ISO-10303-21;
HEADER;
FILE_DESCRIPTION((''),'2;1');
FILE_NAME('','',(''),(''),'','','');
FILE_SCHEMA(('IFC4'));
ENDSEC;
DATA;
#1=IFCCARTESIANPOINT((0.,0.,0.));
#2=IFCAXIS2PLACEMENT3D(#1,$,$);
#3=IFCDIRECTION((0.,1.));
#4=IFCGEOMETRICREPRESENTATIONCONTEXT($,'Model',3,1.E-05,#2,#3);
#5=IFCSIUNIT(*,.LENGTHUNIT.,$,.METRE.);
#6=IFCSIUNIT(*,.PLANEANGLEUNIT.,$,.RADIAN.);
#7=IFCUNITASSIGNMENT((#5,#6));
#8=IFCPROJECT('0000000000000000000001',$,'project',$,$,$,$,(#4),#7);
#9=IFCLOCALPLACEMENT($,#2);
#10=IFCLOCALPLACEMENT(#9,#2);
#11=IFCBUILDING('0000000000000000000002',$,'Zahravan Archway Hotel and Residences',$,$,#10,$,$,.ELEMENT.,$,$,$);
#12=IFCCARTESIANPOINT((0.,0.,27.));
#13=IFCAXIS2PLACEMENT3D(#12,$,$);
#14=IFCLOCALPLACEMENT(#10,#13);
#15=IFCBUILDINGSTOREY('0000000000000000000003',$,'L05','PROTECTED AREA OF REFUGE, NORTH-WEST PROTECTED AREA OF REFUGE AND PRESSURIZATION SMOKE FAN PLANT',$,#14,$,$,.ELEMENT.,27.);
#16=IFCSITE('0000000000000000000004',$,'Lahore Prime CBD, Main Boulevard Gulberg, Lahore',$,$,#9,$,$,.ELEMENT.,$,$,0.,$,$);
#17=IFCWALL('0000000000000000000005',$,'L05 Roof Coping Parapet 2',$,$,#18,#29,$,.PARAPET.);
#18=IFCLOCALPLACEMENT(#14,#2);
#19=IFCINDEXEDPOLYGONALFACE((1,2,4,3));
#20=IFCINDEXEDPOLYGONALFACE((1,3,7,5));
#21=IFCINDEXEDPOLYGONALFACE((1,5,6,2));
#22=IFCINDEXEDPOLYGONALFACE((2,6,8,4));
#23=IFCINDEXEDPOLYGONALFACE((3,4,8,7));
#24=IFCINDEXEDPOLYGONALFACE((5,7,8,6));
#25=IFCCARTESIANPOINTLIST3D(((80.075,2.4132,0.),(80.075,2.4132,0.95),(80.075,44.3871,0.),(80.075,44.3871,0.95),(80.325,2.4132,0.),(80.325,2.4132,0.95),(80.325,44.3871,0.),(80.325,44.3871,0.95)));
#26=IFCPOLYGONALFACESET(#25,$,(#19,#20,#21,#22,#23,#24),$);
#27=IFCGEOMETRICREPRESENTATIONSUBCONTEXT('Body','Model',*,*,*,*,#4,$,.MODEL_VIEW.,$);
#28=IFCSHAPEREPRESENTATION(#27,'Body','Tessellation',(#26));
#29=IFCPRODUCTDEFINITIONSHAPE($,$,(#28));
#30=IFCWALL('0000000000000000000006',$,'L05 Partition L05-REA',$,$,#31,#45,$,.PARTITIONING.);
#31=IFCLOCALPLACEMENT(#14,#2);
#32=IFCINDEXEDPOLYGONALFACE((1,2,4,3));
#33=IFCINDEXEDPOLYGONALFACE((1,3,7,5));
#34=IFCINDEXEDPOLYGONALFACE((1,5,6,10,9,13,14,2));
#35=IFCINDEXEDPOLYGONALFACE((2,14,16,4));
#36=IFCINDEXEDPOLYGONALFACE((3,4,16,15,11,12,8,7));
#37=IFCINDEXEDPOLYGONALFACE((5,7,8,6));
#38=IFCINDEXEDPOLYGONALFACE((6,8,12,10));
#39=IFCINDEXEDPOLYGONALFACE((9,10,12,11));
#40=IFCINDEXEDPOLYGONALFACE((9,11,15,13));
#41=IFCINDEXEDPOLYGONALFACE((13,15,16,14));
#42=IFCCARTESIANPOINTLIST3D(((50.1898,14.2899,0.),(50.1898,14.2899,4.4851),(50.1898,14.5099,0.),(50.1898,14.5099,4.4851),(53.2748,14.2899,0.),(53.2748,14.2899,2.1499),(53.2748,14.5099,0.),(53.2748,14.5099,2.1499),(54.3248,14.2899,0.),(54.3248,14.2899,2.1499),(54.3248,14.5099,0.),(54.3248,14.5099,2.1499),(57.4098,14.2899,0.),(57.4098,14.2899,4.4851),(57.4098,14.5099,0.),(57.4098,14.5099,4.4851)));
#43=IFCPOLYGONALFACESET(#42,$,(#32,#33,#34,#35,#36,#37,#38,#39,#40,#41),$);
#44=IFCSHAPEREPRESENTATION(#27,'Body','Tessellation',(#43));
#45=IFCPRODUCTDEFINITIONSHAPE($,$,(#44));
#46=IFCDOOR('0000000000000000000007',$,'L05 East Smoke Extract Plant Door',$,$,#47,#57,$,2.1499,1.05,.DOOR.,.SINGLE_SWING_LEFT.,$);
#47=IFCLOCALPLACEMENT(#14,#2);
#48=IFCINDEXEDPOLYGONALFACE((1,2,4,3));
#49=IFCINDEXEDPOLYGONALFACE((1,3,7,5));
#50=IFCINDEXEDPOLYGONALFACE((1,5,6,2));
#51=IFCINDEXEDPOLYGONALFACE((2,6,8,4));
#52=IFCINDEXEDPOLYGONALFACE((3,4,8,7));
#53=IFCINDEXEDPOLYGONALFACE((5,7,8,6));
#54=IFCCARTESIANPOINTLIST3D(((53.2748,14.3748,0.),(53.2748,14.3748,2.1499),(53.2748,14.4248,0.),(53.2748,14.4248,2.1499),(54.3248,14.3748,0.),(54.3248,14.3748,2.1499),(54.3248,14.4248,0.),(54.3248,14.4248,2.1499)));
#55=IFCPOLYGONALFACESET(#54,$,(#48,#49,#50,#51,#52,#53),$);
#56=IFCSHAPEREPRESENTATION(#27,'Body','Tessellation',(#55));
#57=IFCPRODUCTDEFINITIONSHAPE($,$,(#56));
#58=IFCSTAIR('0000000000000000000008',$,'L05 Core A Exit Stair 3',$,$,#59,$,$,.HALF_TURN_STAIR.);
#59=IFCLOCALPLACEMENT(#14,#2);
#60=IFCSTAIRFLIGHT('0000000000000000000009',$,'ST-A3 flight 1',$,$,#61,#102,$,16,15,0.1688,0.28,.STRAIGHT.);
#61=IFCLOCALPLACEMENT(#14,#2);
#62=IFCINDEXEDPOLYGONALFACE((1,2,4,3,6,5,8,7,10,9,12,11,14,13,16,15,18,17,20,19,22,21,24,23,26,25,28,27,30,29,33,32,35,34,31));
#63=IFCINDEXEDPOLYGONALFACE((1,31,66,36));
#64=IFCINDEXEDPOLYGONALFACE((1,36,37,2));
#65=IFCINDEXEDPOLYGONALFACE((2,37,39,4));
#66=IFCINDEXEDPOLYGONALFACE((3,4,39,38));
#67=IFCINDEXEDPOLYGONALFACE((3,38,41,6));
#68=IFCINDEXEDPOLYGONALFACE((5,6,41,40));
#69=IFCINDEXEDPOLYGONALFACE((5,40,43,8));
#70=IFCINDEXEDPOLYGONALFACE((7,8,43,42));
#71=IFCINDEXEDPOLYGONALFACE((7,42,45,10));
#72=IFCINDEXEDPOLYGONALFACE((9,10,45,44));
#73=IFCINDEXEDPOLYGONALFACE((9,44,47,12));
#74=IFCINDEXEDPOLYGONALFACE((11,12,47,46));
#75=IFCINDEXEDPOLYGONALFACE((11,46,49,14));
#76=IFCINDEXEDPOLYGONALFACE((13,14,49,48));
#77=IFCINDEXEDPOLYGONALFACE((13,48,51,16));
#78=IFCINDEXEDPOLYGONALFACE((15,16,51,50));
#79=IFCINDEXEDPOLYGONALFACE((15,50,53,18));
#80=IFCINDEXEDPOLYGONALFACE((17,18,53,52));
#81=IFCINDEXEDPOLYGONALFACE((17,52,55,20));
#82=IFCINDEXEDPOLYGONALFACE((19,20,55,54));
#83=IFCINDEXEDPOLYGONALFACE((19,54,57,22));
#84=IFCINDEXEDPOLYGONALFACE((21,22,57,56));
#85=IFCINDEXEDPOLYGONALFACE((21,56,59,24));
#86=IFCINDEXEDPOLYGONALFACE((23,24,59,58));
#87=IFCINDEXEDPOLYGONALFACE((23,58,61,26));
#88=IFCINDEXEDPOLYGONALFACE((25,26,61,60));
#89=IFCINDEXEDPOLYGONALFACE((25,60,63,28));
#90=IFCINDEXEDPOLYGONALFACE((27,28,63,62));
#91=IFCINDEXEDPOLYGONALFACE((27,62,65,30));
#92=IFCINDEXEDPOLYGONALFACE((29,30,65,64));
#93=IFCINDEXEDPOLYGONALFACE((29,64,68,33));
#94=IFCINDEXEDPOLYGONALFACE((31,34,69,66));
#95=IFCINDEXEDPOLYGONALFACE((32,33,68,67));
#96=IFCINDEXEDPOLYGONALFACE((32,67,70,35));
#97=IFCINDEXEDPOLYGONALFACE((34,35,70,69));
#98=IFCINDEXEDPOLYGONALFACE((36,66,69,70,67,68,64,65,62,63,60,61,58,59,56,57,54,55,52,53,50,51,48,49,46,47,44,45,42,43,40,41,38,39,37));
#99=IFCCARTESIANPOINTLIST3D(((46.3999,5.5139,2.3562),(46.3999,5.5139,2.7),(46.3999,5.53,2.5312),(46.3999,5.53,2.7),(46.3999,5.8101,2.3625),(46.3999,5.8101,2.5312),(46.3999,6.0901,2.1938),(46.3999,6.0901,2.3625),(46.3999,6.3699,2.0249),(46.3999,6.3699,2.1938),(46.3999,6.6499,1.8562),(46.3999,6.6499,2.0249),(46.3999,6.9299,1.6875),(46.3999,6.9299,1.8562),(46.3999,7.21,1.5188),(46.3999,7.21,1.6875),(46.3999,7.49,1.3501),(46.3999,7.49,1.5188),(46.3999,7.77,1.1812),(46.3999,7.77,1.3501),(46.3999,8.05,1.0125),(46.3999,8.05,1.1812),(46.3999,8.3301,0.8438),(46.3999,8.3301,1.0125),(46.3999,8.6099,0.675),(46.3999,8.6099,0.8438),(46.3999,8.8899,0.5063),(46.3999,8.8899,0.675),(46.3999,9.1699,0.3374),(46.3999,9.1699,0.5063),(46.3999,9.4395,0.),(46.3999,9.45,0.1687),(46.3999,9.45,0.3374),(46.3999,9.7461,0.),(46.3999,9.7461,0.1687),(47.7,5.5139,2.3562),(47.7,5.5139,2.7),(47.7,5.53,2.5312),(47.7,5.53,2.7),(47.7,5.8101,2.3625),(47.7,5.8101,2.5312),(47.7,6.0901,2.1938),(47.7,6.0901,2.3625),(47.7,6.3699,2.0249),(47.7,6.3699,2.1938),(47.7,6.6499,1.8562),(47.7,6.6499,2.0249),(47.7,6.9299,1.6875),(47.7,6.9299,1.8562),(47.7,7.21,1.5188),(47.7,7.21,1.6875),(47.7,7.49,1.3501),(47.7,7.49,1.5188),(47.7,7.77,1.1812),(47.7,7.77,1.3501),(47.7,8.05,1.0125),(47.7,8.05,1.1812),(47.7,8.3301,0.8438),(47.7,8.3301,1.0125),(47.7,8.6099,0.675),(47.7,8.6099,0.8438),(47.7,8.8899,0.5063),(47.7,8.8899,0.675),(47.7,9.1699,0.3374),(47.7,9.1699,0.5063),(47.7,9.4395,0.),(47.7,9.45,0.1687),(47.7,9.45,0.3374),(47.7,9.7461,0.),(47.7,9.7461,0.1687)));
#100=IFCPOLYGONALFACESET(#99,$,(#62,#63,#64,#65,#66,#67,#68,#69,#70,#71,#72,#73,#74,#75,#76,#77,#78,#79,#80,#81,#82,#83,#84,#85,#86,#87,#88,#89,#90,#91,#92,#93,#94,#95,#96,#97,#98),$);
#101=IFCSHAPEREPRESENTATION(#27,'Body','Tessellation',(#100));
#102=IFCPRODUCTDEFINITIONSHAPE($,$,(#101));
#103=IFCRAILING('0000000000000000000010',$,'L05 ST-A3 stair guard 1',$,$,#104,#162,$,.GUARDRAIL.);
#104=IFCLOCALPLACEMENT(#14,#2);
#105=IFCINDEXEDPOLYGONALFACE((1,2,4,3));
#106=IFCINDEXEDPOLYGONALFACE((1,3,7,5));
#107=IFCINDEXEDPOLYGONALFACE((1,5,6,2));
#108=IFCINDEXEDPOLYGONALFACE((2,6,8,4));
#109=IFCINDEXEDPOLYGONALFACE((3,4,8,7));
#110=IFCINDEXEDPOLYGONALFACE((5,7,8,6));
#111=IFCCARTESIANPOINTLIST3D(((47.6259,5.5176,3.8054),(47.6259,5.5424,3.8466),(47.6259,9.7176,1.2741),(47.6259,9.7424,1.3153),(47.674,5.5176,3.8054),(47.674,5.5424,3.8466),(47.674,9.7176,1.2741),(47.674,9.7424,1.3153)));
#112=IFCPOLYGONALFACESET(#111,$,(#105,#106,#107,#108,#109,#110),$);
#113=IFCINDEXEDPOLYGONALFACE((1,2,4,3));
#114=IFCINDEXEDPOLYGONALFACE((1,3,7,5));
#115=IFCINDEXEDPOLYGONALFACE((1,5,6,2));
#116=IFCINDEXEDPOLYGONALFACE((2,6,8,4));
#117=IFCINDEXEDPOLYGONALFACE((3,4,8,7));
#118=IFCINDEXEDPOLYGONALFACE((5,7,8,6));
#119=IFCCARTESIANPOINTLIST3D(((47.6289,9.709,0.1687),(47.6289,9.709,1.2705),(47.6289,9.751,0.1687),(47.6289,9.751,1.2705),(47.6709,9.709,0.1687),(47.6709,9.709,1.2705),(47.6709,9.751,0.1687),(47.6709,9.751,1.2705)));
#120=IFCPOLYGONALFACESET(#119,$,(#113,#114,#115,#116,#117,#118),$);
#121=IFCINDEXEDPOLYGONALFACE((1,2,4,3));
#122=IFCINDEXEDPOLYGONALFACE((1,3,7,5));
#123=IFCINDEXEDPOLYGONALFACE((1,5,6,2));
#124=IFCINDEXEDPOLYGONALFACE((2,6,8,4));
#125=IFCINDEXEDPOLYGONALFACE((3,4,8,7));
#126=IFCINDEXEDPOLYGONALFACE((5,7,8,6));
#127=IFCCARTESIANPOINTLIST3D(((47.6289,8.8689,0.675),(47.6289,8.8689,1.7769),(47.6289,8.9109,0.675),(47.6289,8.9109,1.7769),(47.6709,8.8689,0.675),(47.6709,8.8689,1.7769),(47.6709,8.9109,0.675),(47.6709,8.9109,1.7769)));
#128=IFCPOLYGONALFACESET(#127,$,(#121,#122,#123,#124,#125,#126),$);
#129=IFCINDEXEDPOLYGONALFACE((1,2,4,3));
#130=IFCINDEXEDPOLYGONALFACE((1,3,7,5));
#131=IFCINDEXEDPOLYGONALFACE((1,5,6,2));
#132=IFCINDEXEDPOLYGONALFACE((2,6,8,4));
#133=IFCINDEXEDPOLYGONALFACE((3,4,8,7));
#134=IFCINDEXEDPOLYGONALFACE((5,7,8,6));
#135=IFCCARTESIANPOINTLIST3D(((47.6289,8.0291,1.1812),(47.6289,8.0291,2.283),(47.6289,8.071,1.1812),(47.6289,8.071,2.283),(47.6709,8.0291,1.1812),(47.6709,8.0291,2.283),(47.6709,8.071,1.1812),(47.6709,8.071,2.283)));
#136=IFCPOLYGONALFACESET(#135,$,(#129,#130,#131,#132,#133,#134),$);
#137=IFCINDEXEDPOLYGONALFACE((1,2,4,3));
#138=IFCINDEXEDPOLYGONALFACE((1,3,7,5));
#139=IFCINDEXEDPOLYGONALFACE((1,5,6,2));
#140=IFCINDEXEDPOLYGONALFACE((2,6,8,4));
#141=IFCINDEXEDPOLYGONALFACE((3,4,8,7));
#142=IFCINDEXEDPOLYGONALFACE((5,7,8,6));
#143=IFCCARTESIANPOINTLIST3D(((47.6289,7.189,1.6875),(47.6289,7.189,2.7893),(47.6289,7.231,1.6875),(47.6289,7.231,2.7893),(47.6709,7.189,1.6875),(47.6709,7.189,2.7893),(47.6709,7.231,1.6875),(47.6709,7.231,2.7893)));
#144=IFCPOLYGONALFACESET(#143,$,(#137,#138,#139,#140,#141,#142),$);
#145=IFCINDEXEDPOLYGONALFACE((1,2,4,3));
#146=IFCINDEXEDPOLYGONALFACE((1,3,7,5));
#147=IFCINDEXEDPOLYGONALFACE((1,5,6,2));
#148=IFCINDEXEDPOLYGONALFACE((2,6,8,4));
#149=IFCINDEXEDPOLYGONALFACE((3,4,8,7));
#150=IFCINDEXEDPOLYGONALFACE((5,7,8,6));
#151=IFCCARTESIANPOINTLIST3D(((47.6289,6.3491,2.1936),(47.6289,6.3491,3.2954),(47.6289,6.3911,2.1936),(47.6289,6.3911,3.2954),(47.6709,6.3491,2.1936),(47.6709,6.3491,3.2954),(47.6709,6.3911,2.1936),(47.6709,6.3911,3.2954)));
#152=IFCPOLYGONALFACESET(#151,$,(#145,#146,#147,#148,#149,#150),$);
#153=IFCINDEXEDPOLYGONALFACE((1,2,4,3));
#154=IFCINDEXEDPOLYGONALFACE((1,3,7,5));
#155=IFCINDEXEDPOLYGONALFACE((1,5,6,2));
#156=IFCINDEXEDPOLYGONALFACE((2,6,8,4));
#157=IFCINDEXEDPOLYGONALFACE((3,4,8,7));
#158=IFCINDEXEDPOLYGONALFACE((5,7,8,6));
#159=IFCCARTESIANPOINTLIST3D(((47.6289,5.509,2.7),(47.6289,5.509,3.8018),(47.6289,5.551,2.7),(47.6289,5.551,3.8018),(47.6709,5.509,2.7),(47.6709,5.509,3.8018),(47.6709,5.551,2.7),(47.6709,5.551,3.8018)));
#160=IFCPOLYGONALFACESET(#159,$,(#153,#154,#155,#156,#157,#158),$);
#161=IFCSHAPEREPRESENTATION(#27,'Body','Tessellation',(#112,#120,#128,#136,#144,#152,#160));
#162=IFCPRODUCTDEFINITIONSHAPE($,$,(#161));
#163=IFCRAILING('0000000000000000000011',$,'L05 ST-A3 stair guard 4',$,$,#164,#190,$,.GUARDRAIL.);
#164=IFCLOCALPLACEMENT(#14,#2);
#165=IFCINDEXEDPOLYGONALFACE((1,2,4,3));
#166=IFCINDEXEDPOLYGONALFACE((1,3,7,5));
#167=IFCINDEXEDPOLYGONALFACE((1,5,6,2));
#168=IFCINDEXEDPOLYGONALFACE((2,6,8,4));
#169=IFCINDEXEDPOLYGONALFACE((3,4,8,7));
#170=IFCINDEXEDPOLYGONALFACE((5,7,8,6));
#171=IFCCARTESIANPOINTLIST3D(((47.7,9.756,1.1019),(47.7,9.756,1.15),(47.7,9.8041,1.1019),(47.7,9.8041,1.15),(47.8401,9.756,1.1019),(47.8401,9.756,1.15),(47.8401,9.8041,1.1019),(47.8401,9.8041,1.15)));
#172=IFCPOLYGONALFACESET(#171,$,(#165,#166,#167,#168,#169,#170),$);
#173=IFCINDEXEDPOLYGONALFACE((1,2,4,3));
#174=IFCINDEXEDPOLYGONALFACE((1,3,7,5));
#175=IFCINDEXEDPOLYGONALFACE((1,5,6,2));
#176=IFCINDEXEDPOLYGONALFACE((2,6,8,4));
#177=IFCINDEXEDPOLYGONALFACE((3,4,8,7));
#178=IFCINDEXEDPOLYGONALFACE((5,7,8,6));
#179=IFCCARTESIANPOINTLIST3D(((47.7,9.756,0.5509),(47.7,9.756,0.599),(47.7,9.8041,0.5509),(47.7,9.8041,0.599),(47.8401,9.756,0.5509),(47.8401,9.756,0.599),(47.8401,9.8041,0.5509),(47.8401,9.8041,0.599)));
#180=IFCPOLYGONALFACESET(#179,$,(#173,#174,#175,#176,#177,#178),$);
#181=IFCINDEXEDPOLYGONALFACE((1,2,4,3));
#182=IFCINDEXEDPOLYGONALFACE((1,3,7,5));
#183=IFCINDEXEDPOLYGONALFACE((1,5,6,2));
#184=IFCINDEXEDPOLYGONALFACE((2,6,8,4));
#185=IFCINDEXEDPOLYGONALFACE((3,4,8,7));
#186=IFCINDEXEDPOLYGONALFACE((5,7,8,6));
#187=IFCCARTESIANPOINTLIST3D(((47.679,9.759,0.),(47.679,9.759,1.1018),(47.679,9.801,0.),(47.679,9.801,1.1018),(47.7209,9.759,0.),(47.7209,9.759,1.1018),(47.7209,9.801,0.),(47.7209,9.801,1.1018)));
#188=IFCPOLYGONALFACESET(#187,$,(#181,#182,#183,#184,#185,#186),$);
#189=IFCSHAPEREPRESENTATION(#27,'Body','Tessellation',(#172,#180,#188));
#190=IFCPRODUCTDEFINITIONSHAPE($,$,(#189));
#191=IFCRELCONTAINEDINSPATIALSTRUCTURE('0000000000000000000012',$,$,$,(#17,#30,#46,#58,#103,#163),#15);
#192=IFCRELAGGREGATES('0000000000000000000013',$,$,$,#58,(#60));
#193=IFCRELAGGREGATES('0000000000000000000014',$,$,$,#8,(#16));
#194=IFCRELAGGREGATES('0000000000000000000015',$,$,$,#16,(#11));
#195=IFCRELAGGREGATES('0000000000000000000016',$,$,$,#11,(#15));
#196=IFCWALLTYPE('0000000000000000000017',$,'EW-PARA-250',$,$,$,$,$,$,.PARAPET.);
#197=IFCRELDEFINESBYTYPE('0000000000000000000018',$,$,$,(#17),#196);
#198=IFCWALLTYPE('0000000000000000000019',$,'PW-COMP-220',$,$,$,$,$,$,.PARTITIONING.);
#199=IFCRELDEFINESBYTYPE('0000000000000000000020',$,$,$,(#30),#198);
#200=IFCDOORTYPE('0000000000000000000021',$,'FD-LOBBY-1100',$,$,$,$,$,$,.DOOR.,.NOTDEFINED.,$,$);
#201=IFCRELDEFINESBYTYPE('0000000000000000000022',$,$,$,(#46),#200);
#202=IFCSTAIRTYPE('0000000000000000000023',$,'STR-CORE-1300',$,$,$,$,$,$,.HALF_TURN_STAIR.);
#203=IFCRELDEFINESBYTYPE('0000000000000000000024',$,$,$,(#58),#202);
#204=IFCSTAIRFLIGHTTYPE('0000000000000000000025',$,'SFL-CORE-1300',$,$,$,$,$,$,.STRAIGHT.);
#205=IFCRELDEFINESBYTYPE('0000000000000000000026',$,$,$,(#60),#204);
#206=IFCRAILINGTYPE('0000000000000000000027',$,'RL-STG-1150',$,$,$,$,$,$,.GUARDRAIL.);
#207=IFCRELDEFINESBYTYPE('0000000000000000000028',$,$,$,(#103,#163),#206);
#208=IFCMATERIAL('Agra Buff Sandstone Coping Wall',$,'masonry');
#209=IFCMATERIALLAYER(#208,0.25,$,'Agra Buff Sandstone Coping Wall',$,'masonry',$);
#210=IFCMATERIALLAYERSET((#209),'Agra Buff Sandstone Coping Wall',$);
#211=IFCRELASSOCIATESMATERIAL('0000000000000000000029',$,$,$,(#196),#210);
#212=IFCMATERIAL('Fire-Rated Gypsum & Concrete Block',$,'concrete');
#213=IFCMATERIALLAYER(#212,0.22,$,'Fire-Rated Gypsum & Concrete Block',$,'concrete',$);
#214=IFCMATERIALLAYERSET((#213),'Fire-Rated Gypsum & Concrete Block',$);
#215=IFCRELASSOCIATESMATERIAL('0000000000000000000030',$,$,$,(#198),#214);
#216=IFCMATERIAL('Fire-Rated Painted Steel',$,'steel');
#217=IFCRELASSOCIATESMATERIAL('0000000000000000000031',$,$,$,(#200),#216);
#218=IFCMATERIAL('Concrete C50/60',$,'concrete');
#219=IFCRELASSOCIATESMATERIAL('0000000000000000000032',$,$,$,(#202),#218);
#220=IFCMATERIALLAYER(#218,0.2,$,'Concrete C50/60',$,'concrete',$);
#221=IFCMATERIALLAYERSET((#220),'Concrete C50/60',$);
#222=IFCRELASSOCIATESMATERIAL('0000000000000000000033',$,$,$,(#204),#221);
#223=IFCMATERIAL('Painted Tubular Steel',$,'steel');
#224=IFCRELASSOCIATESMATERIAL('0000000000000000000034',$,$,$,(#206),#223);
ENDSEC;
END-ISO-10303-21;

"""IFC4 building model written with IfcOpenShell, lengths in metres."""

from ifc_helpers import new_model, si_unit, direction, frame, frame_2d, origin, origin_2d, place, context, subcontext, project, spatial, polyline, rectangle, outline, extrude, source, transform, mapped, material, layer, layer_set, type_object, type_shapes, element, fill, aggregate, save


model = new_model("IFC4")

# Units and contexts
model_context = context("Model", 3, precision=1e-05, world=origin(), true_north=direction((0.0, 1.0)))
body_context = subcontext(model_context, "Body", "Model", "MODEL_VIEW")
ifc_project = project(units=[si_unit("LENGTHUNIT", "METRE"), si_unit("PLANEANGLEUNIT", "RADIAN")], contexts=[model_context])

# Site, building, storey
site_placement = place(None, origin())
site = spatial("IfcSite", under=ifc_project, at=site_placement, Name="Lahore Prime CBD, Main Boulevard Gulberg, Lahore", CompositionType="ELEMENT", RefElevation=0.0)
building_placement = place(site_placement, origin())
building = spatial("IfcBuilding", under=site, at=building_placement, Name="Zahravan Archway Hotel and Residences", CompositionType="ELEMENT")
storey_placement = place(building_placement, frame((0.0, 0.0, 27.0)))
storey = spatial("IfcBuildingStorey", under=building, at=storey_placement, Name="L05", Description="PROTECTED AREA OF REFUGE, NORTH-WEST PROTECTED AREA OF REFUGE AND PRESSURIZATION SMOKE FAN PLANT", CompositionType="ELEMENT", Elevation=27.0)

# Wall
ifc_material_1 = material(Name="Agra Buff Sandstone Coping Wall", Category="masonry")
ifc_layer_1 = layer(ifc_material_1, 0.25, Name="Agra Buff Sandstone Coping Wall", Category="masonry")
ifc_layer_set_1 = layer_set([ifc_layer_1], Name="Agra Buff Sandstone Coping Wall")
wall_type_1 = type_object("IfcWallType", Name="EW-PARA-250", PredefinedType="PARAPET", material=ifc_layer_set_1)
wall_1_placement = place(storey_placement, frame((80.2, 44.387, 0.0), z_axis=(0.0, 0.0, 1.0), x_axis=(0.0, -1.0, 0.0)))
element("IfcWall", 1, at=wall_1_placement, inside=storey, type_object=wall_type_1, Name="L05 Roof Coping Parapet 2", PredefinedType="PARAPET", context=body_context, shape_type="SweptSolid", body=[
    extrude(rectangle(XDim=41.9739, YDim=0.25, at=frame_2d((20.9868, 0.0))), origin(), (0.0, 0.0, 1.0), 0.95),
])

# Wall, opening, door
ifc_material_2 = material(Name="Fire-Rated Gypsum & Concrete Block", Category="concrete")
ifc_layer_2 = layer(ifc_material_2, 0.22, Name="Fire-Rated Gypsum & Concrete Block", Category="concrete")
ifc_layer_set_2 = layer_set([ifc_layer_2], Name="Fire-Rated Gypsum & Concrete Block")
wall_type_2 = type_object("IfcWallType", Name="PW-COMP-220", PredefinedType="PARTITIONING", material=ifc_layer_set_2)
wall_2_placement = place(storey_placement, frame((50.1899, 14.3999, 0.0), z_axis=(0.0, 0.0, 1.0), x_axis=(1.0, 0.0, 0.0)))
wall_2 = element("IfcWall", 2, at=wall_2_placement, inside=storey, type_object=wall_type_2, Name="L05 Partition L05-REA", PredefinedType="PARTITIONING", context=body_context, shape_type="SweptSolid", body=[
    extrude(rectangle(XDim=7.22, YDim=0.22, at=frame_2d((3.6099, 0.0))), origin(), (0.0, 0.0, 1.0), 4.4851),
])
opening_placement = place(wall_2_placement, frame((3.085, 0.0, 0.0)))
opening = element("IfcOpeningElement", 3, at=opening_placement, cuts=wall_2, PredefinedType="OPENING", context=body_context, shape_type="SweptSolid", body=[
    extrude(rectangle(XDim=1.05, YDim=2.1499, at=frame_2d((0.5249, 1.075))), frame((0.0, 0.1201, 0.0), z_axis=(0.0, -1.0, 0.0), x_axis=(1.0, 0.0, 0.0)), (0.0, 0.0, 1.0), 0.24),
])
ifc_material_3 = material(Name="Fire-Rated Painted Steel", Category="steel")
door_type = type_object("IfcDoorType", Name="FD-LOBBY-1100", OperationType="NOTDEFINED", PredefinedType="DOOR", material=ifc_material_3)
shared_shape_1 = source(origin(), body_context, "Body", "SweptSolid", [
    extrude(rectangle(XDim=1.05, YDim=2.1499, at=frame_2d((0.5249, 1.075))), frame((0.0, 0.0249, 0.0), z_axis=(0.0, -1.0, 0.0), x_axis=(1.0, 0.0, 0.0)), (0.0, 0.0, 1.0), 0.05),
])
type_shapes(door_type, [shared_shape_1])
door_placement = place(opening_placement, origin())
door = element("IfcDoor", 4, at=door_placement, inside=storey, type_object=door_type, Name="L05 East Smoke Extract Plant Door", OperationType="SINGLE_SWING_LEFT", OverallHeight=2.1499, OverallWidth=1.05, PredefinedType="DOOR", context=body_context, shape_type="MappedRepresentation", body=[
    mapped(shared_shape_1, transform((0.0, 0.0, 0.0), scale=1.0)),
])
fill(opening, door)

# Stair, stair flight
ifc_material_4 = material(Name="Concrete C50/60", Category="concrete")
stair_type = type_object("IfcStairType", Name="STR-CORE-1300", PredefinedType="HALF_TURN_STAIR", material=ifc_material_4)
stair_placement = place(storey_placement, origin())
stair = element("IfcStair", 5, at=stair_placement, inside=storey, type_object=stair_type, Name="L05 Core A Exit Stair 3", PredefinedType="HALF_TURN_STAIR")
ifc_layer_3 = layer(ifc_material_4, 0.2, Name="Concrete C50/60", Category="concrete")
ifc_layer_set_3 = layer_set([ifc_layer_3], Name="Concrete C50/60")
stair_flight_type = type_object("IfcStairFlightType", Name="SFL-CORE-1300", PredefinedType="STRAIGHT", material=ifc_layer_set_3)
shared_shape_2 = source(origin(), body_context, "Body", "SweptSolid", [
    extrude(outline(polyline([(-0.0161, 0.0), (-0.0161, 0.1687), (0.28, 0.1687), (0.28, 0.3374), (0.5601, 0.3374), (0.5601, 0.5063), (0.8401, 0.5063), (0.8401, 0.675), (1.1201, 0.675), (1.1201, 0.8438), (1.3999, 0.8438), (1.3999, 1.0125), (1.6799, 1.0125), (1.6799, 1.1812), (1.96, 1.1812), (1.96, 1.3501), (2.24, 1.3501), (2.24, 1.5188), (2.52, 1.5188), (2.52, 1.6875), (2.8, 1.6875), (2.8, 1.8562), (3.0801, 1.8562), (3.0801, 2.0249), (3.3601, 2.0249), (3.3601, 2.1938), (3.6399, 2.1938), (3.6399, 2.3625), (3.9199, 2.3625), (3.9199, 2.5312), (4.2, 2.5312), (4.2, 2.7), (4.2161, 2.7), (4.2161, 2.3562), (0.2905, 0.0), (-0.0161, 0.0)])), frame((0.0, 0.6499, 0.0), z_axis=(0.0, -1.0, 0.0), x_axis=(1.0, 0.0, 0.0)), (0.0, 0.0, 1.0), 1.3),
])
stair_flight_placement = place(storey_placement, frame((47.05, 9.73, 0.0), z_axis=(0.0, 0.0, 1.0), x_axis=(0.0, -1.0, 0.0)))
stair_flight = element("IfcStairFlight", 6, at=stair_flight_placement, type_object=stair_flight_type, Name="ST-A3 flight 1", NumberOfRisers=16, NumberOfTreads=15, PredefinedType="STRAIGHT", RiserHeight=0.1688, TreadLength=0.28, context=body_context, shape_type="MappedRepresentation", body=[
    mapped(shared_shape_2, transform((0.0, 0.0, 0.0), scale=1.0)),
])
aggregate(stair, [stair_flight])

# Railings
ifc_material_5 = material(Name="Painted Tubular Steel", Category="steel")
railing_type_1 = type_object("IfcRailingType", Name="RL-STG-1150", PredefinedType="GUARDRAIL", material=ifc_material_5)
railing_1_placement = place(storey_placement, frame((47.6499, 9.73, 0.1687)))
element("IfcRailing", 7, at=railing_1_placement, inside=storey, type_object=railing_type_1, Name="L05 ST-A3 stair guard 1", PredefinedType="GUARDRAIL", context=body_context, shape_type="SweptSolid", body=[
    extrude(rectangle(XDim=0.0481, YDim=0.0481, at=origin_2d()), frame((0.0, 0.0, 1.126), z_axis=(0.0, -0.856476, 0.516186), x_axis=(1.0, 0.0, 0.0)), (0.0, 0.0, 1.0), 4.9038),
    extrude(rectangle(XDim=0.042, YDim=0.042, at=origin_2d()), origin(), (0.0, 0.0, 1.0), 1.1018),
    extrude(rectangle(XDim=0.042, YDim=0.042, at=origin_2d()), frame((0.0, -0.8401, 0.5063)), (0.0, 0.0, 1.0), 1.1018),
    extrude(rectangle(XDim=0.042, YDim=0.042, at=origin_2d()), frame((0.0, -1.6799, 1.0125)), (0.0, 0.0, 1.0), 1.1018),
    extrude(rectangle(XDim=0.042, YDim=0.042, at=origin_2d()), frame((0.0, -2.52, 1.5188)), (0.0, 0.0, 1.0), 1.1018),
    extrude(rectangle(XDim=0.042, YDim=0.042, at=origin_2d()), frame((0.0, -3.3599, 2.0249)), (0.0, 0.0, 1.0), 1.1018),
    extrude(rectangle(XDim=0.042, YDim=0.042, at=origin_2d()), frame((0.0, -4.2, 2.5312)), (0.0, 0.0, 1.0), 1.1018),
])
railing_2_placement = place(storey_placement, frame((47.7, 9.78, 0.0)))
element("IfcRailing", 8, at=railing_2_placement, inside=storey, type_object=railing_type_1, Name="L05 ST-A3 stair guard 4", PredefinedType="GUARDRAIL", context=body_context, shape_type="SweptSolid", body=[
    extrude(rectangle(XDim=0.0481, YDim=0.0481, at=origin_2d()), frame((0.0, 0.0, 1.126), z_axis=(1.0, 0.0, 0.0), x_axis=(0.0, 1.0, 0.0)), (0.0, 0.0, 1.0), 0.1401),
    extrude(rectangle(XDim=0.0481, YDim=0.0481, at=origin_2d()), frame((0.0, 0.0, 0.575), z_axis=(1.0, 0.0, 0.0), x_axis=(0.0, 1.0, 0.0)), (0.0, 0.0, 1.0), 0.1401),
    extrude(rectangle(XDim=0.042, YDim=0.042, at=origin_2d()), origin(), (0.0, 0.0, 1.0), 1.1018),
])

save(model, "model.ifc")
